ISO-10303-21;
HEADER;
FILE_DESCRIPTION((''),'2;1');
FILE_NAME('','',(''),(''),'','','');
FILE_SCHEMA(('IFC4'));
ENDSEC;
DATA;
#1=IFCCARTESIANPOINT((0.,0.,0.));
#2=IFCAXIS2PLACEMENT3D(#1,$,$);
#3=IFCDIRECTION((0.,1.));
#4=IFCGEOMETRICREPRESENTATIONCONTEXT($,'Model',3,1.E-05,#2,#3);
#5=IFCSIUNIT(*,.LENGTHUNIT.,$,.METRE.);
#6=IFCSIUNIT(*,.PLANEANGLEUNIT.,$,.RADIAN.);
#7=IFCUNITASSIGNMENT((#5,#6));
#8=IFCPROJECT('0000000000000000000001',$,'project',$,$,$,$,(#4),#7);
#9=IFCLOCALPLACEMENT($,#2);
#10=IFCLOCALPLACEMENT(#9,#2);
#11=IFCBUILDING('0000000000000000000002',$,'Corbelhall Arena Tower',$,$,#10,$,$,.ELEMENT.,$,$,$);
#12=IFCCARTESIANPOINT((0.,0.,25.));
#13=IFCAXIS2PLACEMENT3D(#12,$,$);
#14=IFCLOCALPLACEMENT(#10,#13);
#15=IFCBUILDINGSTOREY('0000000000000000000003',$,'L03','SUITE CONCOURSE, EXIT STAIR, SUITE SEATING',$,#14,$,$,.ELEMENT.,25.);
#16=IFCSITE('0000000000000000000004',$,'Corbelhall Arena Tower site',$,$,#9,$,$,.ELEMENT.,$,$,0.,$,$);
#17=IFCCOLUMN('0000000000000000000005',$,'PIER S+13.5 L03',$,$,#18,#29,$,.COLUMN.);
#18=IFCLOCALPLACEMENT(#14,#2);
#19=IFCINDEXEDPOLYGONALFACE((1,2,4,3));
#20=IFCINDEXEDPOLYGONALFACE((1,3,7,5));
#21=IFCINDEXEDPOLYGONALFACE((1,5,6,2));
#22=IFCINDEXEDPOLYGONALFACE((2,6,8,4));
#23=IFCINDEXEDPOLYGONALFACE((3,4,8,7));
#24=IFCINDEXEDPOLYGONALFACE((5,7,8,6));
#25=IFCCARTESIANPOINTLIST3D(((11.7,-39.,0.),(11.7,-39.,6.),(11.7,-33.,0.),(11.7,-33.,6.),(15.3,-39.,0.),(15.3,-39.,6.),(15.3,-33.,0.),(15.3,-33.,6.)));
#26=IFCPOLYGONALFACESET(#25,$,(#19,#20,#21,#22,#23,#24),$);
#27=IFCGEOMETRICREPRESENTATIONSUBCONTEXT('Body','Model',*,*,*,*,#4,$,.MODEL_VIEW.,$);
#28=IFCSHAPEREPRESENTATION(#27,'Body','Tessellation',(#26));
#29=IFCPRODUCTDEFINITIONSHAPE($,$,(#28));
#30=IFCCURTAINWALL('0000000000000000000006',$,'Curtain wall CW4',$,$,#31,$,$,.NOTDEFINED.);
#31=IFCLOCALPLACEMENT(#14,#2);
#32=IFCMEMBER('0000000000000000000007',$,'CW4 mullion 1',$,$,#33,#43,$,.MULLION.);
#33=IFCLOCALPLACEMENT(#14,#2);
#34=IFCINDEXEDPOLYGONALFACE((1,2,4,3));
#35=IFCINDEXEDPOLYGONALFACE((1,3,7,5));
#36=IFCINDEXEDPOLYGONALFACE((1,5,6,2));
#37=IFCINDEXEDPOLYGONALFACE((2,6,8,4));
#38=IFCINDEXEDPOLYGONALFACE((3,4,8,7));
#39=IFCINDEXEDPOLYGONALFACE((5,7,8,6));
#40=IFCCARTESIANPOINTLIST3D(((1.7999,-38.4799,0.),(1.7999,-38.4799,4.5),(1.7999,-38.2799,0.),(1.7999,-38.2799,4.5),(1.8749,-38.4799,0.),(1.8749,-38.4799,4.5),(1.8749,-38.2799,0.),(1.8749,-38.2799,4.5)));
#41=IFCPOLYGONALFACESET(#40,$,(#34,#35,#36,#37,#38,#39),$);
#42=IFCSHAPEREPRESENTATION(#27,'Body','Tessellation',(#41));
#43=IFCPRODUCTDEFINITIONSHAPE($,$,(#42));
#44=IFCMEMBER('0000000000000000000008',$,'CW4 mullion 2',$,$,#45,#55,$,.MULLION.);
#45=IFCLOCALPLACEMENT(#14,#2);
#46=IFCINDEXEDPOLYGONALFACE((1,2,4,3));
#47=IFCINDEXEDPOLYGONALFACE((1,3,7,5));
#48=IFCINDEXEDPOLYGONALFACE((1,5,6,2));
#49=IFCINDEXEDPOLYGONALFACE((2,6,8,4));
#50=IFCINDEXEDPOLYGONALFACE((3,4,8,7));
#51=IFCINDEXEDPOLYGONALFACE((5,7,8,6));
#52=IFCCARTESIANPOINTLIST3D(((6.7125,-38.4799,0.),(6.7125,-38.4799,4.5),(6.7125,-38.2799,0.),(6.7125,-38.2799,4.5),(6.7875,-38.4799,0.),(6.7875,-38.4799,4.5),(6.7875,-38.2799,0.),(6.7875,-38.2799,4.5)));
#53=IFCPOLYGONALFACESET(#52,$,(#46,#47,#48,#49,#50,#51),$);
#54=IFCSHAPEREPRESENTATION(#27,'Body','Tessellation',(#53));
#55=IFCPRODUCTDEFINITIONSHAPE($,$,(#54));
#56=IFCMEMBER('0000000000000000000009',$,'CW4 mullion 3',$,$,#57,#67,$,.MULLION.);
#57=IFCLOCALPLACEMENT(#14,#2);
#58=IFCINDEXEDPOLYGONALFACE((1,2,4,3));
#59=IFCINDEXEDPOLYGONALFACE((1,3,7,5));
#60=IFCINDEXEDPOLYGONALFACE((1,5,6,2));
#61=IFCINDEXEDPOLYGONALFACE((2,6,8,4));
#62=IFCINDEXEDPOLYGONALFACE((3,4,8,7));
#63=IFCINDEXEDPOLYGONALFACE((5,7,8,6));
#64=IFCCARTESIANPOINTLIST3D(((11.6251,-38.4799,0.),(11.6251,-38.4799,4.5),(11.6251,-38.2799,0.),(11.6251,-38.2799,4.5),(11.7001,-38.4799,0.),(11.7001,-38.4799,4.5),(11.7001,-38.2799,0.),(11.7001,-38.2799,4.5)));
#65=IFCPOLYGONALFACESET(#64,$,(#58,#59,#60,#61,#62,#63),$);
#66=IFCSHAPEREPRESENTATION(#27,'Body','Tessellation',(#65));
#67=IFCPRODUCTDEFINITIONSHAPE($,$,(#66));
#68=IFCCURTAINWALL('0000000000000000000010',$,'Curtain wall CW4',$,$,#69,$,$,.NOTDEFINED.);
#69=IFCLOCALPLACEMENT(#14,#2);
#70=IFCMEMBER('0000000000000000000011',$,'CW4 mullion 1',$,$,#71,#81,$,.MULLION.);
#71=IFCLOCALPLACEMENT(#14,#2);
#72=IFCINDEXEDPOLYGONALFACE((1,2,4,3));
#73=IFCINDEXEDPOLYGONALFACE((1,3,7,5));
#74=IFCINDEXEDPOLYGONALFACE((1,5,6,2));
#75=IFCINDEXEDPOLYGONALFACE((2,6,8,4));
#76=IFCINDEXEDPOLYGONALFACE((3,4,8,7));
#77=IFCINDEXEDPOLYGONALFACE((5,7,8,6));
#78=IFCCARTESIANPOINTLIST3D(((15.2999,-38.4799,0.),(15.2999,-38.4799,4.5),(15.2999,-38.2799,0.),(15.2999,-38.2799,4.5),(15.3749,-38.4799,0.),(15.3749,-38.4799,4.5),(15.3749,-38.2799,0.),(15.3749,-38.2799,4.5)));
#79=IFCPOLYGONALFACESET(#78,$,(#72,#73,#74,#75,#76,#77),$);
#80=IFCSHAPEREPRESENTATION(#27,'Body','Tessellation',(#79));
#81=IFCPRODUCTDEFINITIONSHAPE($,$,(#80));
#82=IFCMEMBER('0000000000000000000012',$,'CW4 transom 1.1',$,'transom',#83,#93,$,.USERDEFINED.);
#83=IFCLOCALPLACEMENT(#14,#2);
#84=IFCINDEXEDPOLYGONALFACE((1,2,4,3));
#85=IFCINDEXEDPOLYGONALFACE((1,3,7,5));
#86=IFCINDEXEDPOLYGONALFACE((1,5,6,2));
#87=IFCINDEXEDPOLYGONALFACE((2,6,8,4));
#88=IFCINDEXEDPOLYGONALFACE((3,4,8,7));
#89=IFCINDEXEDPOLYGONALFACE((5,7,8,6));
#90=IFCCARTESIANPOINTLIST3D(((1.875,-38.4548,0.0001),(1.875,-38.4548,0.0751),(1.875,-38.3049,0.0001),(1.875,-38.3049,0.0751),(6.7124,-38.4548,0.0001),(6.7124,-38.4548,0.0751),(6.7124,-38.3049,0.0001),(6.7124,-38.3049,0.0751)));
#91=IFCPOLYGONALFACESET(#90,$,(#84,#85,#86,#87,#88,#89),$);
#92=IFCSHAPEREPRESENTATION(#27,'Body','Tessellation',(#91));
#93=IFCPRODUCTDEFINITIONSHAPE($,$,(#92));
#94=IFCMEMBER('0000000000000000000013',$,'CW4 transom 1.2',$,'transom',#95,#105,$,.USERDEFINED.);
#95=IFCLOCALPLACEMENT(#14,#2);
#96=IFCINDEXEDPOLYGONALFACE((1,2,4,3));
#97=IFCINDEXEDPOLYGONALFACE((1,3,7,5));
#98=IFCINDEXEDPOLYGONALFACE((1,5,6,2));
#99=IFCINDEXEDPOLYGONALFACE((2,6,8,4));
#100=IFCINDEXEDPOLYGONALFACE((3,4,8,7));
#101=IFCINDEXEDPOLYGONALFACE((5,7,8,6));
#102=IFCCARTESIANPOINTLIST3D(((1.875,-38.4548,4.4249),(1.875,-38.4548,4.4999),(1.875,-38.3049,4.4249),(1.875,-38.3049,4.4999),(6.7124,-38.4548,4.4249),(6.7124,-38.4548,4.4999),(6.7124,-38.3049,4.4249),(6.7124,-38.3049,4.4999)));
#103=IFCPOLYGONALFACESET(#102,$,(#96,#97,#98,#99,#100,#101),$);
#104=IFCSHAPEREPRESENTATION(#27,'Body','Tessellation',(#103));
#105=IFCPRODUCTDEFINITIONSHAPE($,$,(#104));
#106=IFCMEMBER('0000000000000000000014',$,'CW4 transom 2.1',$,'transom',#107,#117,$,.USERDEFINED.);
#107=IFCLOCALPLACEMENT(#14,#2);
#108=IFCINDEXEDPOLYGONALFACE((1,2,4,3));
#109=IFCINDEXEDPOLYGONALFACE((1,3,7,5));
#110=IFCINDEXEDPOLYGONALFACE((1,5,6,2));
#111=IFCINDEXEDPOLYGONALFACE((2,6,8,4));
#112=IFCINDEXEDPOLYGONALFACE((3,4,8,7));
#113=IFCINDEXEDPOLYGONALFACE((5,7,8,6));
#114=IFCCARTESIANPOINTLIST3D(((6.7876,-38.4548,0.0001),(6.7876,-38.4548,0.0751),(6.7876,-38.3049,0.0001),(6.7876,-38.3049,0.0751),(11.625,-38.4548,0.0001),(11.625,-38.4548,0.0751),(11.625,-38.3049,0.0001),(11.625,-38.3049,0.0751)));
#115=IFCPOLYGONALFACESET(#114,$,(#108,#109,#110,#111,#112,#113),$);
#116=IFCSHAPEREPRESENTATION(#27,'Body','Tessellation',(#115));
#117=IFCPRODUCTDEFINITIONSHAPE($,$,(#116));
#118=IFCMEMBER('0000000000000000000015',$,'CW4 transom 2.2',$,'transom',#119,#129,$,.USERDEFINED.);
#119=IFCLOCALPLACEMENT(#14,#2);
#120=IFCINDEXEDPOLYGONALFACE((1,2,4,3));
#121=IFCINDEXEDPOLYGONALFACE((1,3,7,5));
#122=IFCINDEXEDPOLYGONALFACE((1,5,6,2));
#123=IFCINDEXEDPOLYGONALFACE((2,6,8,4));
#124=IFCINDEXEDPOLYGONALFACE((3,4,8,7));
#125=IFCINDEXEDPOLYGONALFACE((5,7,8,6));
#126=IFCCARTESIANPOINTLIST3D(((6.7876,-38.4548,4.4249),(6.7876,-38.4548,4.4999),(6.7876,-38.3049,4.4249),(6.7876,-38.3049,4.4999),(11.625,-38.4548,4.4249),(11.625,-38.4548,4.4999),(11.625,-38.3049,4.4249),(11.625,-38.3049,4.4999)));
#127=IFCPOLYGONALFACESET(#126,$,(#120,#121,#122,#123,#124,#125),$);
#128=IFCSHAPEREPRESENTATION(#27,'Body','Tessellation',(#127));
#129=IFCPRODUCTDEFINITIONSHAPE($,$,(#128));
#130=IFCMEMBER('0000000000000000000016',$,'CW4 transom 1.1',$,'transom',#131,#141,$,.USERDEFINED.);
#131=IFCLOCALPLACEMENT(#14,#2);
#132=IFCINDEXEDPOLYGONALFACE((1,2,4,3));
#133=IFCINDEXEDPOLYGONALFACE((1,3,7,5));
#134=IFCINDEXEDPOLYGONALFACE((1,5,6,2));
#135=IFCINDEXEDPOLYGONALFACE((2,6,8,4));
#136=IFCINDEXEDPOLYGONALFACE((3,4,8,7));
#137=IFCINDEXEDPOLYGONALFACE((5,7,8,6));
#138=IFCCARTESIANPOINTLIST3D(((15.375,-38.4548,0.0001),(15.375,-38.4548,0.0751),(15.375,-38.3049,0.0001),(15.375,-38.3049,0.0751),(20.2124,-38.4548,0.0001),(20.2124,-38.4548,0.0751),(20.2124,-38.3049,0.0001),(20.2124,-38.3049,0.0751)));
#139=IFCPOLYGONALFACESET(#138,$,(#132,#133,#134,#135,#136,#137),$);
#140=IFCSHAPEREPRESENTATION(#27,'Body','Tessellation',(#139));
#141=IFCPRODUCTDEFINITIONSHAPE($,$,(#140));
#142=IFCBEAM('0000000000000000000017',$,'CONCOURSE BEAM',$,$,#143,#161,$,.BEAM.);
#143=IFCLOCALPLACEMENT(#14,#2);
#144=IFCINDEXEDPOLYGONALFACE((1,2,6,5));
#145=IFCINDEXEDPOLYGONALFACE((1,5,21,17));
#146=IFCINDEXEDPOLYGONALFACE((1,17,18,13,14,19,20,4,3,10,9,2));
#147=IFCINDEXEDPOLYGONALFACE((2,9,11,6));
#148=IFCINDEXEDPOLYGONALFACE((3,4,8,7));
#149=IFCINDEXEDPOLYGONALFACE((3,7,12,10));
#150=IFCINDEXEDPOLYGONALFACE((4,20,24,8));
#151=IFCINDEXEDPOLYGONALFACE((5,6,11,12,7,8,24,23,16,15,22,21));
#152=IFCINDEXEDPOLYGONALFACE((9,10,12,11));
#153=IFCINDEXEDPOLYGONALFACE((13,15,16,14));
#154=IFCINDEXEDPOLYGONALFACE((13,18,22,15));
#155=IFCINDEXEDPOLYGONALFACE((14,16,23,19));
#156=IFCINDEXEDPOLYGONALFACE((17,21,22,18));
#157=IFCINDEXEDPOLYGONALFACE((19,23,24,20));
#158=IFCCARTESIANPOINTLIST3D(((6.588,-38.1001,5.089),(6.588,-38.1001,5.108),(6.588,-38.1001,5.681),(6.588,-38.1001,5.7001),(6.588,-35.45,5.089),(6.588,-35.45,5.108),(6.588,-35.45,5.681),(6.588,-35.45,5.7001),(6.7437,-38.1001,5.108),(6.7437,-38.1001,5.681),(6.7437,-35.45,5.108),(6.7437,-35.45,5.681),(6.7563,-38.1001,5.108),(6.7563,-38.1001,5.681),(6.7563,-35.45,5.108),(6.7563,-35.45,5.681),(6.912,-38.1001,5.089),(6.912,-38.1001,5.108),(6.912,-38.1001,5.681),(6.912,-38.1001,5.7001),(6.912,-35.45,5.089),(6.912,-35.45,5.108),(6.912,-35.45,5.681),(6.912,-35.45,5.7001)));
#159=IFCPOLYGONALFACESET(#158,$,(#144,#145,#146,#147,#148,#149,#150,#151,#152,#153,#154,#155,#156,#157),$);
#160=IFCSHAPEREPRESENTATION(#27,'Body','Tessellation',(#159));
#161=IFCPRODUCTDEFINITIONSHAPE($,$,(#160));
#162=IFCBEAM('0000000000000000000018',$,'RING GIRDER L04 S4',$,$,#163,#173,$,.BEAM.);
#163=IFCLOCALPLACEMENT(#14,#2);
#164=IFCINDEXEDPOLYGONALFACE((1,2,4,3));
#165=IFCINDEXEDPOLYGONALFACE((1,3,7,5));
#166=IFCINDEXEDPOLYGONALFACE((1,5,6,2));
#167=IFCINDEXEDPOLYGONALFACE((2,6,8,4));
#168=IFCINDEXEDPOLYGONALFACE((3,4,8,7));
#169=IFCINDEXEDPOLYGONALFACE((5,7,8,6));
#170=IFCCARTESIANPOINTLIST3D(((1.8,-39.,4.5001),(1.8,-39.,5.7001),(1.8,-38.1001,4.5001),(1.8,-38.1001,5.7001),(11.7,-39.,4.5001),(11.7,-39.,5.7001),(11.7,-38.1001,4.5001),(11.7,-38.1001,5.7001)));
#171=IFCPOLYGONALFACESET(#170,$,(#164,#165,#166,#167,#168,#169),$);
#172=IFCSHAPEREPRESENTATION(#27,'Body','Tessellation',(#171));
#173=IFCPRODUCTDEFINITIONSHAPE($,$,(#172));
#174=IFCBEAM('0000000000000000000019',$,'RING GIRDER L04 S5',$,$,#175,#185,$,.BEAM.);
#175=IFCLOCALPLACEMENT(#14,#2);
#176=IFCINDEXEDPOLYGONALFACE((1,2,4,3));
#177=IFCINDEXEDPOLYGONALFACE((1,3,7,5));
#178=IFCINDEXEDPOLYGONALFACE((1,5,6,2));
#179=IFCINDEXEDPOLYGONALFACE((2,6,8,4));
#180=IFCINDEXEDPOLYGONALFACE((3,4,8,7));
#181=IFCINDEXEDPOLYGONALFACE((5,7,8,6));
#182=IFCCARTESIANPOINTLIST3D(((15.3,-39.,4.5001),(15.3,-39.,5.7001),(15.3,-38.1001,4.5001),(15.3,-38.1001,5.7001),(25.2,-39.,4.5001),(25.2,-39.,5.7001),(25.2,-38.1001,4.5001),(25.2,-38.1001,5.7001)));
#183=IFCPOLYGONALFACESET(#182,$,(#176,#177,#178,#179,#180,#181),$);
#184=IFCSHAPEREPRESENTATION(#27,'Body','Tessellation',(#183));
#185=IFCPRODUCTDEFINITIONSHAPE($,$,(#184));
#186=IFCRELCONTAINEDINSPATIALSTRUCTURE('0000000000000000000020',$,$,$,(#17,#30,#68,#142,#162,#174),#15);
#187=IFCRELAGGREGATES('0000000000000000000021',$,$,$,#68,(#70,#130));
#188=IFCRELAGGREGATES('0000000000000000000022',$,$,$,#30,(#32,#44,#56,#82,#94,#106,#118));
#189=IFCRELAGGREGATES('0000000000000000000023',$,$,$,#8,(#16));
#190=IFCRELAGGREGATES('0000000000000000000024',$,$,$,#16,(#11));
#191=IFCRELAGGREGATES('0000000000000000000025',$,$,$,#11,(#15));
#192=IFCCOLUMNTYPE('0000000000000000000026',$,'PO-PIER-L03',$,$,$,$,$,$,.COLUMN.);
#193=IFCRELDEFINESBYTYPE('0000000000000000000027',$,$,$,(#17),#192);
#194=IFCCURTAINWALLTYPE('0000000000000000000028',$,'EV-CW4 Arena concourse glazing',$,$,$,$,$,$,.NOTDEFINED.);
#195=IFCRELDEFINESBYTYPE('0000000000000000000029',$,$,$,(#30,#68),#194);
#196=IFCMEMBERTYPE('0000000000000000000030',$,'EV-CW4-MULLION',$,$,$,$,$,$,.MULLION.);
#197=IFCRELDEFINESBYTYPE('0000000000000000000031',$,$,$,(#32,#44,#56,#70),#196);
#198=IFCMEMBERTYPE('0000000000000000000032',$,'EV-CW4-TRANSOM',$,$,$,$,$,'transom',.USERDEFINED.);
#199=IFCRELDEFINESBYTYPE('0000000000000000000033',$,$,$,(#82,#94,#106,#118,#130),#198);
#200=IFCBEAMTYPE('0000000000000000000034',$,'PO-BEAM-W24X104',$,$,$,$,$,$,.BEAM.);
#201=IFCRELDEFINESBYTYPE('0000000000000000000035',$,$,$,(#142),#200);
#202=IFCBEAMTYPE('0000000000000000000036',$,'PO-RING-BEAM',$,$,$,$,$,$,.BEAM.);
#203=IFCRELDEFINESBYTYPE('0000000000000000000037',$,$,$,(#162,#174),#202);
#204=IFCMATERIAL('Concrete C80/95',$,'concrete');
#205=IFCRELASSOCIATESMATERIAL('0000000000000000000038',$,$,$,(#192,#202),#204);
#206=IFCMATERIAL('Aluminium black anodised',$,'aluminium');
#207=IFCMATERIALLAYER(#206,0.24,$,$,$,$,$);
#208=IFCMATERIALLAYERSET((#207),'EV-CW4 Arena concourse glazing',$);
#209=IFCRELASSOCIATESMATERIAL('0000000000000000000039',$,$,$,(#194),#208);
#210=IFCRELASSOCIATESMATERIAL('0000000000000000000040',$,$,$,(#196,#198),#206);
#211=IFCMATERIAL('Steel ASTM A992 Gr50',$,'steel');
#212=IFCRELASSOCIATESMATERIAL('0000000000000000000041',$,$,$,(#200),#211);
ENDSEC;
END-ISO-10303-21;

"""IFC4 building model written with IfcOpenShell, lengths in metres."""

from ifc_helpers import new_model, si_unit, direction, frame, origin, origin_2d, place, context, subcontext, project, spatial, rectangle, i_section, extrude, material, layer, layer_set, material_profile, profile_set, type_object, element, aggregate, save


model = new_model("IFC4")

# Units and contexts
model_context = context("Model", 3, precision=1e-05, world=origin(), true_north=direction((0.0, 1.0)))
body_context = subcontext(model_context, "Body", "Model", "MODEL_VIEW")
ifc_project = project(units=[si_unit("LENGTHUNIT", "METRE"), si_unit("PLANEANGLEUNIT", "RADIAN")], contexts=[model_context])

# Site, building, storey
site_placement = place(None, origin())
site = spatial("IfcSite", under=ifc_project, at=site_placement, Name="Corbelhall Arena Tower site", CompositionType="ELEMENT", RefElevation=0.0)
building_placement = place(site_placement, origin())
building = spatial("IfcBuilding", under=site, at=building_placement, Name="Corbelhall Arena Tower", CompositionType="ELEMENT")
storey_placement = place(building_placement, frame((0.0, 0.0, 25.0)))
storey = spatial("IfcBuildingStorey", under=building, at=storey_placement, Name="L03", Description="SUITE CONCOURSE, EXIT STAIR, SUITE SEATING", CompositionType="ELEMENT", Elevation=25.0)

# Column
ifc_material_1 = material(Name="Concrete C80/95", Category="concrete")
ifc_material_profile_1 = material_profile(ifc_material_1, rectangle(XDim=3.6001, YDim=6.0, at=origin_2d()))
ifc_profile_set_1 = profile_set([ifc_material_profile_1], Name="Concrete C80/95")
column_type = type_object("IfcColumnType", Name="PO-PIER-L03", PredefinedType="COLUMN", material=ifc_profile_set_1)
column_placement = place(storey_placement, frame((13.5, -36.0, 0.0), z_axis=(0.0, 0.0, 1.0), x_axis=(1.0, 0.0, 0.0)))
element("IfcColumn", 1, at=column_placement, inside=storey, type_object=column_type, Name="PIER S+13.5 L03", PredefinedType="COLUMN", context=body_context, shape_type="SweptSolid", body=[
    extrude(rectangle(XDim=3.6001, YDim=6.0, at=origin_2d()), origin(), (0.0, 0.0, 1.0), 6.0),
])

# Curtain wall, members
ifc_material_2 = material(Name="Aluminium black anodised", Category="aluminium")
ifc_layer_1 = layer(ifc_material_2, 0.24)
ifc_layer_set_1 = layer_set([ifc_layer_1], Name="EV-CW4 Arena concourse glazing")
curtain_wall_type = type_object("IfcCurtainWallType", Name="EV-CW4 Arena concourse glazing", PredefinedType="NOTDEFINED", material=ifc_layer_set_1)
curtain_wall_1_placement = place(storey_placement, origin())
curtain_wall_1 = element("IfcCurtainWall", 2, at=curtain_wall_1_placement, inside=storey, type_object=curtain_wall_type, Name="Curtain wall CW4", PredefinedType="NOTDEFINED")
ifc_material_profile_2 = material_profile(ifc_material_2, rectangle(XDim=0.2, YDim=0.075, at=origin_2d()))
ifc_profile_set_2 = profile_set([ifc_material_profile_2], Name="Aluminium black anodised")
member_type_1 = type_object("IfcMemberType", Name="EV-CW4-MULLION", PredefinedType="MULLION", material=ifc_profile_set_2)
member_1_placement = place(storey_placement, frame((1.8374, -38.3799, 0.0), z_axis=(0.0, 0.0, 1.0), x_axis=(0.0, 1.0, 0.0)))
member_1 = element("IfcMember", 3, at=member_1_placement, type_object=member_type_1, Name="CW4 mullion 1", PredefinedType="MULLION", context=body_context, shape_type="SweptSolid", body=[
    extrude(rectangle(XDim=0.2, YDim=0.075, at=origin_2d()), origin(), (0.0, 0.0, 1.0), 4.5),
])
member_2_placement = place(storey_placement, frame((6.75, -38.3799, 0.0), z_axis=(0.0, 0.0, 1.0), x_axis=(0.0, 1.0, 0.0)))
member_2 = element("IfcMember", 4, at=member_2_placement, type_object=member_type_1, Name="CW4 mullion 2", PredefinedType="MULLION", context=body_context, shape_type="SweptSolid", body=[
    extrude(rectangle(XDim=0.2, YDim=0.075, at=origin_2d()), origin(), (0.0, 0.0, 1.0), 4.5),
])
member_3_placement = place(storey_placement, frame((11.6626, -38.3799, 0.0), z_axis=(0.0, 0.0, 1.0), x_axis=(0.0, 1.0, 0.0)))
member_3 = element("IfcMember", 5, at=member_3_placement, type_object=member_type_1, Name="CW4 mullion 3", PredefinedType="MULLION", context=body_context, shape_type="SweptSolid", body=[
    extrude(rectangle(XDim=0.2, YDim=0.075, at=origin_2d()), origin(), (0.0, 0.0, 1.0), 4.5),
])

# Curtain wall, member
curtain_wall_2_placement = place(storey_placement, origin())
curtain_wall_2 = element("IfcCurtainWall", 6, at=curtain_wall_2_placement, inside=storey, type_object=curtain_wall_type, Name="Curtain wall CW4", PredefinedType="NOTDEFINED")
member_4_placement = place(storey_placement, frame((15.3374, -38.3799, 0.0), z_axis=(0.0, 0.0, 1.0), x_axis=(0.0, 1.0, 0.0)))
member_4 = element("IfcMember", 7, at=member_4_placement, type_object=member_type_1, Name="CW4 mullion 1", PredefinedType="MULLION", context=body_context, shape_type="SweptSolid", body=[
    extrude(rectangle(XDim=0.2, YDim=0.075, at=origin_2d()), origin(), (0.0, 0.0, 1.0), 4.5),
])

# Members
ifc_material_profile_3 = material_profile(ifc_material_2, rectangle(XDim=0.1499, YDim=0.075, at=origin_2d()))
ifc_profile_set_3 = profile_set([ifc_material_profile_3], Name="Aluminium black anodised")
member_type_2 = type_object("IfcMemberType", Name="EV-CW4-TRANSOM", ElementType="transom", PredefinedType="USERDEFINED", material=ifc_profile_set_3)
member_5_placement = place(storey_placement, frame((1.875, -38.3799, 0.0376), z_axis=(1.0, 0.0, 0.0), x_axis=(0.0, 1.0, 0.0)))
member_5 = element("IfcMember", 8, at=member_5_placement, type_object=member_type_2, Name="CW4 transom 1.1", ObjectType="transom", PredefinedType="USERDEFINED", context=body_context, shape_type="SweptSolid", body=[
    extrude(rectangle(XDim=0.1499, YDim=0.075, at=origin_2d()), origin(), (0.0, 0.0, 1.0), 4.8374),
])
member_6_placement = place(storey_placement, frame((1.875, -38.3799, 4.4624), z_axis=(1.0, 0.0, 0.0), x_axis=(0.0, 1.0, 0.0)))
member_6 = element("IfcMember", 9, at=member_6_placement, type_object=member_type_2, Name="CW4 transom 1.2", ObjectType="transom", PredefinedType="USERDEFINED", context=body_context, shape_type="SweptSolid", body=[
    extrude(rectangle(XDim=0.1499, YDim=0.075, at=origin_2d()), origin(), (0.0, 0.0, 1.0), 4.8374),
])
member_7_placement = place(storey_placement, frame((6.7876, -38.3799, 0.0376), z_axis=(1.0, 0.0, 0.0), x_axis=(0.0, 1.0, 0.0)))
member_7 = element("IfcMember", 10, at=member_7_placement, type_object=member_type_2, Name="CW4 transom 2.1", ObjectType="transom", PredefinedType="USERDEFINED", context=body_context, shape_type="SweptSolid", body=[
    extrude(rectangle(XDim=0.1499, YDim=0.075, at=origin_2d()), origin(), (0.0, 0.0, 1.0), 4.8374),
])
member_8_placement = place(storey_placement, frame((6.7876, -38.3799, 4.4624), z_axis=(1.0, 0.0, 0.0), x_axis=(0.0, 1.0, 0.0)))
member_8 = element("IfcMember", 11, at=member_8_placement, type_object=member_type_2, Name="CW4 transom 2.2", ObjectType="transom", PredefinedType="USERDEFINED", context=body_context, shape_type="SweptSolid", body=[
    extrude(rectangle(XDim=0.1499, YDim=0.075, at=origin_2d()), origin(), (0.0, 0.0, 1.0), 4.8374),
])
member_9_placement = place(storey_placement, frame((15.375, -38.3799, 0.0376), z_axis=(1.0, 0.0, 0.0), x_axis=(0.0, 1.0, 0.0)))
member_9 = element("IfcMember", 12, at=member_9_placement, type_object=member_type_2, Name="CW4 transom 1.1", ObjectType="transom", PredefinedType="USERDEFINED", context=body_context, shape_type="SweptSolid", body=[
    extrude(rectangle(XDim=0.1499, YDim=0.075, at=origin_2d()), origin(), (0.0, 0.0, 1.0), 4.8374),
])
aggregate(curtain_wall_2, [member_4, member_9])

# Beams
ifc_material_3 = material(Name="Steel ASTM A992 Gr50", Category="steel")
ifc_material_profile_4 = material_profile(ifc_material_3, i_section(OverallWidth=0.324, OverallDepth=0.6111, WebThickness=0.0127, FlangeThickness=0.019, at=origin_2d()))
ifc_profile_set_4 = profile_set([ifc_material_profile_4], Name="Steel ASTM A992 Gr50")
beam_type_1 = type_object("IfcBeamType", Name="PO-BEAM-W24X104", PredefinedType="BEAM", material=ifc_profile_set_4)
beam_placement = place(storey_placement, frame((6.75, -35.45, 5.3945), z_axis=(0.0, -1.0, 0.0), x_axis=(1.0, 0.0, 0.0)))
element("IfcBeam", 13, at=beam_placement, inside=storey, type_object=beam_type_1, Name="CONCOURSE BEAM", PredefinedType="BEAM", context=body_context, shape_type="SweptSolid", body=[
    extrude(i_section(OverallWidth=0.324, OverallDepth=0.6111, WebThickness=0.0127, FlangeThickness=0.019, at=origin_2d()), origin(), (0.0, 0.0, 1.0), 2.6501),
])
ifc_material_profile_5 = material_profile(ifc_material_1, rectangle(XDim=0.8999, YDim=1.2, at=origin_2d()))
ifc_profile_set_5 = profile_set([ifc_material_profile_5], Name="Concrete C80/95")
beam_type_2 = type_object("IfcBeamType", Name="PO-RING-BEAM", PredefinedType="BEAM", material=ifc_profile_set_5)
for number, where, z_axis, x_axis, name in (
    (14, (1.8, -38.55, 5.1001), (1.0, 0.0, 0.0), (0.0, 1.0, 0.0), "RING GIRDER L04 S4"),
    (15, (15.3, -38.55, 5.1001), (1.0, 0.0, 0.0), (0.0, 1.0, 0.0), "RING GIRDER L04 S5"),
):
    element("IfcBeam", number, at=place(storey_placement, frame(where, z_axis=z_axis, x_axis=x_axis)), inside=storey, type_object=beam_type_2, Name=name, PredefinedType="BEAM", context=body_context, shape_type="SweptSolid", body=[
        extrude(rectangle(XDim=0.8999, YDim=1.2, at=origin_2d()), origin(), (0.0, 0.0, 1.0), 9.8999),
    ])

aggregate(curtain_wall_1, [member_1, member_2, member_3, member_5, member_6, member_7, member_8])

save(model, "model.ifc")
